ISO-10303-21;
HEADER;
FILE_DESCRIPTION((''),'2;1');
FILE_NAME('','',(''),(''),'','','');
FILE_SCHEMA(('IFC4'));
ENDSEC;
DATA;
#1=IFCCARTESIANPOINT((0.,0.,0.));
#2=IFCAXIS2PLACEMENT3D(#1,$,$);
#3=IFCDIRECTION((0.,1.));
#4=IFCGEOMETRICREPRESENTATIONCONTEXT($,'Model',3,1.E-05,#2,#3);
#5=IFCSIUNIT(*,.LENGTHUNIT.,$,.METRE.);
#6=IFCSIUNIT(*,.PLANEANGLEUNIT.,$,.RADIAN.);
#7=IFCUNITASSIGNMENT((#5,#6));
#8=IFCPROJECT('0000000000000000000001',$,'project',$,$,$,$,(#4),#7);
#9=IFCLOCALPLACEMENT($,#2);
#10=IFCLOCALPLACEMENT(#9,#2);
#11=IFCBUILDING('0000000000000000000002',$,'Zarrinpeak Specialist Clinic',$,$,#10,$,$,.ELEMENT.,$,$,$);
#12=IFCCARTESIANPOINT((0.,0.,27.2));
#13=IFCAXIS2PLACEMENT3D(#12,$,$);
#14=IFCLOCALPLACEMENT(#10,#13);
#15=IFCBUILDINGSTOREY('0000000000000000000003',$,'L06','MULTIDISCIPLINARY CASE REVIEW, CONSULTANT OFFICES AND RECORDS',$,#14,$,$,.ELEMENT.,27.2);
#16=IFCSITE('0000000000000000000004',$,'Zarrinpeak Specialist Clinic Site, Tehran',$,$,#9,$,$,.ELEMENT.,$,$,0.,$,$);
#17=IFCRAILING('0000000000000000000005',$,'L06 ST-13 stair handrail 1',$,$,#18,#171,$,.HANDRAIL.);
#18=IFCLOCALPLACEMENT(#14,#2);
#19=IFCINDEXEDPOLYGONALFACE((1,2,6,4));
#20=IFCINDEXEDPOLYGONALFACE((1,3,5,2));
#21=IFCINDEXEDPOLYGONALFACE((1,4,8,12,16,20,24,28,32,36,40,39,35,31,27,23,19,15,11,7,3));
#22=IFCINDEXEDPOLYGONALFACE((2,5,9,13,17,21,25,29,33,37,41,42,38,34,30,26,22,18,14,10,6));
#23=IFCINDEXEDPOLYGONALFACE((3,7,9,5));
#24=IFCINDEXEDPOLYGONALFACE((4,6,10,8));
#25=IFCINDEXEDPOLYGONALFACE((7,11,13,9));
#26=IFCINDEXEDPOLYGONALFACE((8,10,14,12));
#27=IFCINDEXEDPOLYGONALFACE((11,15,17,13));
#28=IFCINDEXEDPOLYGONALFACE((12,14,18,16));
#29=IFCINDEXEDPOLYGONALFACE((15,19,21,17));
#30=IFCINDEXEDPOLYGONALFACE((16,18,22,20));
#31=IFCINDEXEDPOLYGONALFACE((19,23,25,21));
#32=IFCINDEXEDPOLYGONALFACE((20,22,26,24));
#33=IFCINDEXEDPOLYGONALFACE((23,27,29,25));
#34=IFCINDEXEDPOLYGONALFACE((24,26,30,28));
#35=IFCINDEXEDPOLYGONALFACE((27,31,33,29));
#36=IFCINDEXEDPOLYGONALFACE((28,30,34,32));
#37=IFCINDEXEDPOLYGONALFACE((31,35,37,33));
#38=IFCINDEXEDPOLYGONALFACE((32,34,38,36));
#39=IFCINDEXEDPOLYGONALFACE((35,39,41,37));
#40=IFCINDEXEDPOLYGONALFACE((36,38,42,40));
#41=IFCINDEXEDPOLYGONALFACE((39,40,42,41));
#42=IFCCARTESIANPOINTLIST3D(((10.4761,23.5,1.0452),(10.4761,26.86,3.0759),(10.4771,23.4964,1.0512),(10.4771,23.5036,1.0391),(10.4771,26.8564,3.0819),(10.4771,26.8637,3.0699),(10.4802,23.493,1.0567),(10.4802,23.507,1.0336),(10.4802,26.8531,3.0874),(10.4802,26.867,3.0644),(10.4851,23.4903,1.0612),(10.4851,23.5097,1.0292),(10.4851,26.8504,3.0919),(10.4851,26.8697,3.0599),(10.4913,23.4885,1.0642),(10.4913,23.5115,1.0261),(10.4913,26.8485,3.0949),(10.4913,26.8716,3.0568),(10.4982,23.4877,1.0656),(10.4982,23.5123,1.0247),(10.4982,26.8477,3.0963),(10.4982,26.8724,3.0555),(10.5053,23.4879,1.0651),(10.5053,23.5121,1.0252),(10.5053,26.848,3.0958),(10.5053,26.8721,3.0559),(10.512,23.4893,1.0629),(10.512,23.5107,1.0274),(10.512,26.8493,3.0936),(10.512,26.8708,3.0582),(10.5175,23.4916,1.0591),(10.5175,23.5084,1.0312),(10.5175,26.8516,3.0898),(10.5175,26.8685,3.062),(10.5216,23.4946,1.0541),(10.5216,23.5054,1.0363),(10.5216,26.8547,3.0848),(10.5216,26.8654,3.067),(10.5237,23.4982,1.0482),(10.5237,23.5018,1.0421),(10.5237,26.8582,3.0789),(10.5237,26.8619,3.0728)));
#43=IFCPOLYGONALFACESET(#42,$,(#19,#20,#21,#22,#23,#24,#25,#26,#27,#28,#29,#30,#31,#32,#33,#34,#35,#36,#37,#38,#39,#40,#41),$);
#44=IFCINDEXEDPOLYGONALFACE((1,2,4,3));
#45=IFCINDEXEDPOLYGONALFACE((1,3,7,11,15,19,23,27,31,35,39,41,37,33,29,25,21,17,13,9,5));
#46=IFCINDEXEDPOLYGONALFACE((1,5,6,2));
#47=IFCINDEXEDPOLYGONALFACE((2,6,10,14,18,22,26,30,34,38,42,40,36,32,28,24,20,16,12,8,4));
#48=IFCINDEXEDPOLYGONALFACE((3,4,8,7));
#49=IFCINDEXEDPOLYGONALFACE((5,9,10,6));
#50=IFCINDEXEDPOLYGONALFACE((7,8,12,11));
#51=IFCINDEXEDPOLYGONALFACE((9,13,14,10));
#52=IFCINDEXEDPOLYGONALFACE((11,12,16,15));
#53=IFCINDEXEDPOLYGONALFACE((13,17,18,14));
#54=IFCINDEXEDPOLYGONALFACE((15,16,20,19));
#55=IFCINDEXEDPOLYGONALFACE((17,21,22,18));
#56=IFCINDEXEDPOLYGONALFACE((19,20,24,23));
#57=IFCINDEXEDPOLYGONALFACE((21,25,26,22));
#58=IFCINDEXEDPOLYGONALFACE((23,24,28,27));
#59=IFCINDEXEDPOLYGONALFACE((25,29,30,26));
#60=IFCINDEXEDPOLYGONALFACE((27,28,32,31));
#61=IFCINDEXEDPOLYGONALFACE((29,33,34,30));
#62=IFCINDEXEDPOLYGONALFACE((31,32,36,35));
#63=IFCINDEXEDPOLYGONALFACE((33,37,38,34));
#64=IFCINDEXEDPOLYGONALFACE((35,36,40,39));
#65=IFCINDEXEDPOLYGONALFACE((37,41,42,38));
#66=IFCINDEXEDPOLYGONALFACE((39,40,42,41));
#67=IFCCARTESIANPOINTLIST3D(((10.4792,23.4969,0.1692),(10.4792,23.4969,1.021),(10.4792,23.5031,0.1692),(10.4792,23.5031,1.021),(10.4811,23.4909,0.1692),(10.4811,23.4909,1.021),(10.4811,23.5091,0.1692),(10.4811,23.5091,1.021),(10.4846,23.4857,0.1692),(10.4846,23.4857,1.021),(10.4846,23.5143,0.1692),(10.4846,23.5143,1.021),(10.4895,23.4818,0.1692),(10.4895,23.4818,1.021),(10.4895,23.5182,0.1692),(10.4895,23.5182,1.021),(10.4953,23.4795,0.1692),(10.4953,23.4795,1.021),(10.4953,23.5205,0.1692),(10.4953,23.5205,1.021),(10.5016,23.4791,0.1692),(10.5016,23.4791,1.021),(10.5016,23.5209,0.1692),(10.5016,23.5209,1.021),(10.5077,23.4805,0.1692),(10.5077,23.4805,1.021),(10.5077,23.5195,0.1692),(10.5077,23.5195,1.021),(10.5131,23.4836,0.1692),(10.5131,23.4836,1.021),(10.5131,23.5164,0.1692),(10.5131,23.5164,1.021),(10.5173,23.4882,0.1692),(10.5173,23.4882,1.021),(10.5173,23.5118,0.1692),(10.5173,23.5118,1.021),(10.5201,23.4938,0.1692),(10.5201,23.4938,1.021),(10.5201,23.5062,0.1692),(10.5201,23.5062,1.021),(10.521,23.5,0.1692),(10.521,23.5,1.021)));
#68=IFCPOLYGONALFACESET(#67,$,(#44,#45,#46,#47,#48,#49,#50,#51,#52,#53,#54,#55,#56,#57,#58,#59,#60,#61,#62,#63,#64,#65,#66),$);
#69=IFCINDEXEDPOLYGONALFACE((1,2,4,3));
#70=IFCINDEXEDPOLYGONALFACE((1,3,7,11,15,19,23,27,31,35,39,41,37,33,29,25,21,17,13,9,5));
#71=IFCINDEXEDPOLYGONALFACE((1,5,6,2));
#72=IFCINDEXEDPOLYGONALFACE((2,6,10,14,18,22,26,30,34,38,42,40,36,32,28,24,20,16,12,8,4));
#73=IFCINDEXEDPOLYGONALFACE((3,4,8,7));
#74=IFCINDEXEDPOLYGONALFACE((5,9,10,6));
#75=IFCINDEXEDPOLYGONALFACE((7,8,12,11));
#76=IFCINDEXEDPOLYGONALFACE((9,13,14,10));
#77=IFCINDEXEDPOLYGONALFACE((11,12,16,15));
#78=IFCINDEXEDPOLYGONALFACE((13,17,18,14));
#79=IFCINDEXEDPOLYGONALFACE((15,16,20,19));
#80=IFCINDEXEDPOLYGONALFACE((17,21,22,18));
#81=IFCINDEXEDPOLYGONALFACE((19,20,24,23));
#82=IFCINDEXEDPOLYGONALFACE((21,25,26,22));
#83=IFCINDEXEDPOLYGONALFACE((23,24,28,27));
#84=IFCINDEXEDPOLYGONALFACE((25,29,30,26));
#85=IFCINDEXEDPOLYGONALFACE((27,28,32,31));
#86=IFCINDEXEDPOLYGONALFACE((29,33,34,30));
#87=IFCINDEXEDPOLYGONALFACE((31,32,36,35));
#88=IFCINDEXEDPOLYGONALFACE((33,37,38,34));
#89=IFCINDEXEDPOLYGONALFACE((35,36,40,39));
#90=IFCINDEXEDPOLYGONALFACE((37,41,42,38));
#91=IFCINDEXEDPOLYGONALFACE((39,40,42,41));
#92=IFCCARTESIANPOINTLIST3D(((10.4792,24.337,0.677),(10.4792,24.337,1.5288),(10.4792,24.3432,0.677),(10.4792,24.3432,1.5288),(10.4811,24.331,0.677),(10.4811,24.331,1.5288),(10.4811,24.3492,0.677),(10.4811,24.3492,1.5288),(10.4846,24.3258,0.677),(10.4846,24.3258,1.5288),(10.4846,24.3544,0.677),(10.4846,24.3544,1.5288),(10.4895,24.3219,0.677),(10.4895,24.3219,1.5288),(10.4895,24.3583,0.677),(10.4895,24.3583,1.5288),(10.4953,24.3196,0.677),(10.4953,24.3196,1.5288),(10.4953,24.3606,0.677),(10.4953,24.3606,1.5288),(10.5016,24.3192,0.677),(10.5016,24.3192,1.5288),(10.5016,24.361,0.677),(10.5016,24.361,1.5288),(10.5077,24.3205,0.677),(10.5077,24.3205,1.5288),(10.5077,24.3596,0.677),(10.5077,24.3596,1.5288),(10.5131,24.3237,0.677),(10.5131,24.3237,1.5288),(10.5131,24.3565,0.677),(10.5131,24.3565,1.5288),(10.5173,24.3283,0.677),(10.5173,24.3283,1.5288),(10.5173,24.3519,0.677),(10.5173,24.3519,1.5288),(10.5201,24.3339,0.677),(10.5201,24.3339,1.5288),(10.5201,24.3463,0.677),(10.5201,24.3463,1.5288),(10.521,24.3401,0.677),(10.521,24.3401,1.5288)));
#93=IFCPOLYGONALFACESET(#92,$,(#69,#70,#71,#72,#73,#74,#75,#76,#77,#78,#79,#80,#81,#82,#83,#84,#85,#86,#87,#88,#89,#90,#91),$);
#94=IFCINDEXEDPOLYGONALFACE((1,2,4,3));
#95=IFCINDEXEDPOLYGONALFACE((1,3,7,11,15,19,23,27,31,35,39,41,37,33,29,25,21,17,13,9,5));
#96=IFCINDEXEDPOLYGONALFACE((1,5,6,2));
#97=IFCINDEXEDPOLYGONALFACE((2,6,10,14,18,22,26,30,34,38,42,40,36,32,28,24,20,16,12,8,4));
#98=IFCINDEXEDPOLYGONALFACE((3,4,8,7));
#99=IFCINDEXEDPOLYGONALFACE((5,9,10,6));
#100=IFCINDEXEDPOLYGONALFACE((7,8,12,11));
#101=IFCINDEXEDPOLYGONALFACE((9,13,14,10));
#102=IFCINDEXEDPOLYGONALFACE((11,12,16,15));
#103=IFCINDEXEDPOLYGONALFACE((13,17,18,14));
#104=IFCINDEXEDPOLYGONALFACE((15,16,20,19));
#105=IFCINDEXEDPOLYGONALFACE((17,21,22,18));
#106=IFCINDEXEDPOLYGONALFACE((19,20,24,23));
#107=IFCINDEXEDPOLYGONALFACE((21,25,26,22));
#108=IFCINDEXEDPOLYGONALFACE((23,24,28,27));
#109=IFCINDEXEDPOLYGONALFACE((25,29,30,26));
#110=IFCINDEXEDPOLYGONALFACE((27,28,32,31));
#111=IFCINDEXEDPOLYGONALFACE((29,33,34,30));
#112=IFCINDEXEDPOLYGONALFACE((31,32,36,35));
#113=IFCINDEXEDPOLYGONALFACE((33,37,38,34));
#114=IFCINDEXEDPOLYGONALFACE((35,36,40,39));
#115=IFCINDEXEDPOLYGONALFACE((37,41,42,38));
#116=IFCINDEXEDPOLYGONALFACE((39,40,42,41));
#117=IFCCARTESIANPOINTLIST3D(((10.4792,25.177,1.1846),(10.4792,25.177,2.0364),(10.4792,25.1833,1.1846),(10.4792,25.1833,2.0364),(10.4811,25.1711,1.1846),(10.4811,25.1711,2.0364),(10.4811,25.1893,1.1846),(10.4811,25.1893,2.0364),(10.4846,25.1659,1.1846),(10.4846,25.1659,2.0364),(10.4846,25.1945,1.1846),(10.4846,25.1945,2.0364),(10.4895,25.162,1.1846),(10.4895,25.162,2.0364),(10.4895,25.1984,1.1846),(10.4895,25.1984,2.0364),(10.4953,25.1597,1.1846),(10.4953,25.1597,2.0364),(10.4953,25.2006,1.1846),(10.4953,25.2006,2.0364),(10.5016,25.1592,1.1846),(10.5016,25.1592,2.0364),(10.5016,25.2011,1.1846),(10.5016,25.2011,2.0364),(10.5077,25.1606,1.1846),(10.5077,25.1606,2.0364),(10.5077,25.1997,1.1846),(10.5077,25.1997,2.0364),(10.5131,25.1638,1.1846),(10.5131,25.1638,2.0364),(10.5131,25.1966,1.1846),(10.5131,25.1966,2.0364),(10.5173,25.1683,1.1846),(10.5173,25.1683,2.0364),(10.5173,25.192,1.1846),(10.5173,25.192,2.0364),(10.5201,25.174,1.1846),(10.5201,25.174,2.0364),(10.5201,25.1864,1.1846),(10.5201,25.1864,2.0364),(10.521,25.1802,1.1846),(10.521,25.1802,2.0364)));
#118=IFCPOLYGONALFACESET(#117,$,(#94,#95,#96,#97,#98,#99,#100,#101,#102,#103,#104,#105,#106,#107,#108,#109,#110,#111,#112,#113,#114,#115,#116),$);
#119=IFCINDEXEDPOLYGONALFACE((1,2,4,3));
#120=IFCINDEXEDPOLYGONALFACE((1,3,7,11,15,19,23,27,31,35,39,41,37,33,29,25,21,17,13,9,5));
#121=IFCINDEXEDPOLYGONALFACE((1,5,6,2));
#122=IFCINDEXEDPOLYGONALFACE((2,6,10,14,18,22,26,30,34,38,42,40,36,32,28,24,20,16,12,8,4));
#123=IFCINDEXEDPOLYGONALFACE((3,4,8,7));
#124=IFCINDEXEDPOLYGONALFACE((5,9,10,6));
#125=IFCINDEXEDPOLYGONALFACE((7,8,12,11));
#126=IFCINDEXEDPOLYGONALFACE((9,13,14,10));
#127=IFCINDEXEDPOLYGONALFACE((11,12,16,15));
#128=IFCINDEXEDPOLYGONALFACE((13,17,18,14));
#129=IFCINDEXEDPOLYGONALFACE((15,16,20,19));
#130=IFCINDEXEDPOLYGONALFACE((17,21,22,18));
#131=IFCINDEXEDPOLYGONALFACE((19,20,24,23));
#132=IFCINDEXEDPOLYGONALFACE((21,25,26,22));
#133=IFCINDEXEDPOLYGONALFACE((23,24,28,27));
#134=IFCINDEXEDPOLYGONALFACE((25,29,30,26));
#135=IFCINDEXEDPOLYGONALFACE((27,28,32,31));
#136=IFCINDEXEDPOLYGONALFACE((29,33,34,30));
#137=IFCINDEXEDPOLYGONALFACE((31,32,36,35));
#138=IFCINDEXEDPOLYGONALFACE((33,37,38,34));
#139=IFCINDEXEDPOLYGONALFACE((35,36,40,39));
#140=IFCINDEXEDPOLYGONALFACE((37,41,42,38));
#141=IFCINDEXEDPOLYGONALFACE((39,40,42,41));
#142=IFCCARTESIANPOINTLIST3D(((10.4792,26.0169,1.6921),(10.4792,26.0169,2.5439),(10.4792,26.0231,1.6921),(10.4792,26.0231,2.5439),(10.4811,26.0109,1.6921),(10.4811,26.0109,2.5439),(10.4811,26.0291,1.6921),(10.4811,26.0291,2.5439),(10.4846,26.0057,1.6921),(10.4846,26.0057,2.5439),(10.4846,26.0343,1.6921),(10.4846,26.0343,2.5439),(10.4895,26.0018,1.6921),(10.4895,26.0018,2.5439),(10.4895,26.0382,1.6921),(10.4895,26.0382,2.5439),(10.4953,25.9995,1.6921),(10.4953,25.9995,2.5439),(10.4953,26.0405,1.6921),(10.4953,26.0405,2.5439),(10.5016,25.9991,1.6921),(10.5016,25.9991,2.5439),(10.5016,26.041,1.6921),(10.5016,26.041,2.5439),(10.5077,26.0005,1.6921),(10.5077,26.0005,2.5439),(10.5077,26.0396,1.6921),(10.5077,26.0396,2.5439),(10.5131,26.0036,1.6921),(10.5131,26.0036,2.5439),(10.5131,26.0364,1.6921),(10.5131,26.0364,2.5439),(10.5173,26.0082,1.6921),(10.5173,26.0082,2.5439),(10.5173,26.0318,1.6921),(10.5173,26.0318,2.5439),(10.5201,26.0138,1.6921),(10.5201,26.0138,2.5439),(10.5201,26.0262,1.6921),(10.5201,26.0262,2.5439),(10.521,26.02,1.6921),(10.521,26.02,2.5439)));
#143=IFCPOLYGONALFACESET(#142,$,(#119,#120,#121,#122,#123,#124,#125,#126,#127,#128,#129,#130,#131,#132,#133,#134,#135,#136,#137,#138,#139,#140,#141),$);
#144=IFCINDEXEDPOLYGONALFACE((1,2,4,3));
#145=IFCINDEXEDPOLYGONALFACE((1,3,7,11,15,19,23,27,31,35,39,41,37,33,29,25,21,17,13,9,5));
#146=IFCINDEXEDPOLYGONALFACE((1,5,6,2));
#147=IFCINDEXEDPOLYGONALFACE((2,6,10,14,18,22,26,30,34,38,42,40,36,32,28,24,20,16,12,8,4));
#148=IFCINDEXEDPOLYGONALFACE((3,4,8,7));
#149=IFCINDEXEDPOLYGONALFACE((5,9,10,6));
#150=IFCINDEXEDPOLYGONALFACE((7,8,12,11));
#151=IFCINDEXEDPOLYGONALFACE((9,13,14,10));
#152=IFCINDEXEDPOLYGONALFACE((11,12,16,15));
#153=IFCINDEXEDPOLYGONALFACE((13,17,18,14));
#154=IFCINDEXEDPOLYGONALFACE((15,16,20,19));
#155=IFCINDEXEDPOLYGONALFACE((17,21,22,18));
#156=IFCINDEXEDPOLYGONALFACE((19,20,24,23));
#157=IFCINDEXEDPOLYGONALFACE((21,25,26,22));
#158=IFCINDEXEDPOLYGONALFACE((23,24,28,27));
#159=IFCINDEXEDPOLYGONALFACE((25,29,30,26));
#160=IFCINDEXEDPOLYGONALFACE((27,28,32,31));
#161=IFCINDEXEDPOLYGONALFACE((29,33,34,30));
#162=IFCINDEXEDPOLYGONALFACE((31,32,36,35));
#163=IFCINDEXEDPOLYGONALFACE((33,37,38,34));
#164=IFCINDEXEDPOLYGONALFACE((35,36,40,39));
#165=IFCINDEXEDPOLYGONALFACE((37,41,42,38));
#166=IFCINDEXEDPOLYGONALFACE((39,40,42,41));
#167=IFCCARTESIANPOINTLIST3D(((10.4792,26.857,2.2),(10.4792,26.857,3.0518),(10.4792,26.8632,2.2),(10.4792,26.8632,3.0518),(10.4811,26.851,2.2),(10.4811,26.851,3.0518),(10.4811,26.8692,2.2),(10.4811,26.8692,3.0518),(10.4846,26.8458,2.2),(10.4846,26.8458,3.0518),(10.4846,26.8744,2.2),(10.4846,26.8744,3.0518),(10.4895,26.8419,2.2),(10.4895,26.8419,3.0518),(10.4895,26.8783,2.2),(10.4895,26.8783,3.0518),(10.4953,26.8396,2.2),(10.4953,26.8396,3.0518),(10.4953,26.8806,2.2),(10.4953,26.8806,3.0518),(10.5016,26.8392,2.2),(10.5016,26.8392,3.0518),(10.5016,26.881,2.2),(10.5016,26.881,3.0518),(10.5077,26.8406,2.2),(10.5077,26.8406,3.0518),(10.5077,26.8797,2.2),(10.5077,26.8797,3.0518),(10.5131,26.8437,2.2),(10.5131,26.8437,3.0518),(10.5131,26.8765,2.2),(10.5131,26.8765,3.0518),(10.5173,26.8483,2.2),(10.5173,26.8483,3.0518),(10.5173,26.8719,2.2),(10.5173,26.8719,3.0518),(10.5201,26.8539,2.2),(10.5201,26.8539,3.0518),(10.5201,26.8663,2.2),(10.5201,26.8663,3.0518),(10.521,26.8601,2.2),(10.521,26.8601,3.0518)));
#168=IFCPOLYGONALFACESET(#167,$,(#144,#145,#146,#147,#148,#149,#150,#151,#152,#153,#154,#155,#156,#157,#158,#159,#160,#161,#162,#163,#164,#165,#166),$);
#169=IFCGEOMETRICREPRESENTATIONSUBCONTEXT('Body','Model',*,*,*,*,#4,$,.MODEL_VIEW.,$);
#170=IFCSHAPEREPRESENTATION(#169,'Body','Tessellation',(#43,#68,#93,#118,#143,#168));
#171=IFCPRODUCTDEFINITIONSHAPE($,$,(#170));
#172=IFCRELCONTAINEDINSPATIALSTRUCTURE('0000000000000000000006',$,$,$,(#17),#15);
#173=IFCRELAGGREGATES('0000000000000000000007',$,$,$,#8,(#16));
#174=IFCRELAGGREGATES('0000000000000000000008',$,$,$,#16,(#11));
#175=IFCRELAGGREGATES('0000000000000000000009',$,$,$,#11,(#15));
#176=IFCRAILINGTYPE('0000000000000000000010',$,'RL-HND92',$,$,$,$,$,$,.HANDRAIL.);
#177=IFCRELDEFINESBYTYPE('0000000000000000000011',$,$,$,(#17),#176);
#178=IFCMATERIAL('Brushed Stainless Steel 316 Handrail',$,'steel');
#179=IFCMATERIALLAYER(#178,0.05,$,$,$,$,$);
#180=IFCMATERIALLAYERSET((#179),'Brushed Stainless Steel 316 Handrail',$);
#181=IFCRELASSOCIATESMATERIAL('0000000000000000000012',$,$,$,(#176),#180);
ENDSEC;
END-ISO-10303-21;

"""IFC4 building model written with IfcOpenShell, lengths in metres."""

from ifc_helpers import new_model, si_unit, direction, frame, origin, origin_2d, place, context, subcontext, project, spatial, circle, extrude, material, layer, layer_set, type_object, element, save


model = new_model("IFC4")

# Units and contexts
model_context = context("Model", 3, precision=1e-05, world=origin(), true_north=direction((0.0, 1.0)))
body_context = subcontext(model_context, "Body", "Model", "MODEL_VIEW")
ifc_project = project(units=[si_unit("LENGTHUNIT", "METRE"), si_unit("PLANEANGLEUNIT", "RADIAN")], contexts=[model_context])

# Site, building, storey
site_placement = place(None, origin())
site = spatial("IfcSite", under=ifc_project, at=site_placement, Name="Zarrinpeak Specialist Clinic Site, Tehran", CompositionType="ELEMENT", RefElevation=0.0)
building_placement = place(site_placement, origin())
building = spatial("IfcBuilding", under=site, at=building_placement, Name="Zarrinpeak Specialist Clinic", CompositionType="ELEMENT")
storey_placement = place(building_placement, frame((0.0, 0.0, 27.2)))
storey = spatial("IfcBuildingStorey", under=building, at=storey_placement, Name="L06", Description="MULTIDISCIPLINARY CASE REVIEW, CONSULTANT OFFICES AND RECORDS", CompositionType="ELEMENT", Elevation=27.2)

# Railing
ifc_material_1 = material(Name="Brushed Stainless Steel 316 Handrail", Category="steel")
ifc_layer_1 = layer(ifc_material_1, 0.05)
ifc_layer_set_1 = layer_set([ifc_layer_1], Name="Brushed Stainless Steel 316 Handrail")
railing_type_1 = type_object("IfcRailingType", Name="RL-HND92", PredefinedType="HANDRAIL", material=ifc_layer_set_1)
railing_1_placement = place(storey_placement, frame((10.5, 23.5, 0.1692)))
element("IfcRailing", 1, at=railing_1_placement, inside=storey, type_object=railing_type_1, Name="L06 ST-13 stair handrail 1", PredefinedType="HANDRAIL", context=body_context, shape_type="SweptSolid", body=[
    extrude(circle(Radius=0.0239, at=origin_2d()), frame((0.0, 0.0, 0.876), z_axis=(0.0, 0.855837, 0.517246), x_axis=(-1.0, 0.0, 0.0)), (0.0, 0.0, 1.0), 3.926),
    extrude(circle(Radius=0.021, at=origin_2d()), origin(), (0.0, 0.0, 1.0), 0.8518),
    extrude(circle(Radius=0.021, at=origin_2d()), frame((0.0, 0.8401, 0.5078)), (0.0, 0.0, 1.0), 0.8518),
    extrude(circle(Radius=0.021, at=origin_2d()), frame((0.0, 1.6802, 1.0154)), (0.0, 0.0, 1.0), 0.8518),
    extrude(circle(Radius=0.021, at=origin_2d()), frame((0.0, 2.52, 1.5229)), (0.0, 0.0, 1.0), 0.8518),
    extrude(circle(Radius=0.021, at=origin_2d()), frame((0.0, 3.3601, 2.0308)), (0.0, 0.0, 1.0), 0.8518),
])

save(model, "model.ifc")
